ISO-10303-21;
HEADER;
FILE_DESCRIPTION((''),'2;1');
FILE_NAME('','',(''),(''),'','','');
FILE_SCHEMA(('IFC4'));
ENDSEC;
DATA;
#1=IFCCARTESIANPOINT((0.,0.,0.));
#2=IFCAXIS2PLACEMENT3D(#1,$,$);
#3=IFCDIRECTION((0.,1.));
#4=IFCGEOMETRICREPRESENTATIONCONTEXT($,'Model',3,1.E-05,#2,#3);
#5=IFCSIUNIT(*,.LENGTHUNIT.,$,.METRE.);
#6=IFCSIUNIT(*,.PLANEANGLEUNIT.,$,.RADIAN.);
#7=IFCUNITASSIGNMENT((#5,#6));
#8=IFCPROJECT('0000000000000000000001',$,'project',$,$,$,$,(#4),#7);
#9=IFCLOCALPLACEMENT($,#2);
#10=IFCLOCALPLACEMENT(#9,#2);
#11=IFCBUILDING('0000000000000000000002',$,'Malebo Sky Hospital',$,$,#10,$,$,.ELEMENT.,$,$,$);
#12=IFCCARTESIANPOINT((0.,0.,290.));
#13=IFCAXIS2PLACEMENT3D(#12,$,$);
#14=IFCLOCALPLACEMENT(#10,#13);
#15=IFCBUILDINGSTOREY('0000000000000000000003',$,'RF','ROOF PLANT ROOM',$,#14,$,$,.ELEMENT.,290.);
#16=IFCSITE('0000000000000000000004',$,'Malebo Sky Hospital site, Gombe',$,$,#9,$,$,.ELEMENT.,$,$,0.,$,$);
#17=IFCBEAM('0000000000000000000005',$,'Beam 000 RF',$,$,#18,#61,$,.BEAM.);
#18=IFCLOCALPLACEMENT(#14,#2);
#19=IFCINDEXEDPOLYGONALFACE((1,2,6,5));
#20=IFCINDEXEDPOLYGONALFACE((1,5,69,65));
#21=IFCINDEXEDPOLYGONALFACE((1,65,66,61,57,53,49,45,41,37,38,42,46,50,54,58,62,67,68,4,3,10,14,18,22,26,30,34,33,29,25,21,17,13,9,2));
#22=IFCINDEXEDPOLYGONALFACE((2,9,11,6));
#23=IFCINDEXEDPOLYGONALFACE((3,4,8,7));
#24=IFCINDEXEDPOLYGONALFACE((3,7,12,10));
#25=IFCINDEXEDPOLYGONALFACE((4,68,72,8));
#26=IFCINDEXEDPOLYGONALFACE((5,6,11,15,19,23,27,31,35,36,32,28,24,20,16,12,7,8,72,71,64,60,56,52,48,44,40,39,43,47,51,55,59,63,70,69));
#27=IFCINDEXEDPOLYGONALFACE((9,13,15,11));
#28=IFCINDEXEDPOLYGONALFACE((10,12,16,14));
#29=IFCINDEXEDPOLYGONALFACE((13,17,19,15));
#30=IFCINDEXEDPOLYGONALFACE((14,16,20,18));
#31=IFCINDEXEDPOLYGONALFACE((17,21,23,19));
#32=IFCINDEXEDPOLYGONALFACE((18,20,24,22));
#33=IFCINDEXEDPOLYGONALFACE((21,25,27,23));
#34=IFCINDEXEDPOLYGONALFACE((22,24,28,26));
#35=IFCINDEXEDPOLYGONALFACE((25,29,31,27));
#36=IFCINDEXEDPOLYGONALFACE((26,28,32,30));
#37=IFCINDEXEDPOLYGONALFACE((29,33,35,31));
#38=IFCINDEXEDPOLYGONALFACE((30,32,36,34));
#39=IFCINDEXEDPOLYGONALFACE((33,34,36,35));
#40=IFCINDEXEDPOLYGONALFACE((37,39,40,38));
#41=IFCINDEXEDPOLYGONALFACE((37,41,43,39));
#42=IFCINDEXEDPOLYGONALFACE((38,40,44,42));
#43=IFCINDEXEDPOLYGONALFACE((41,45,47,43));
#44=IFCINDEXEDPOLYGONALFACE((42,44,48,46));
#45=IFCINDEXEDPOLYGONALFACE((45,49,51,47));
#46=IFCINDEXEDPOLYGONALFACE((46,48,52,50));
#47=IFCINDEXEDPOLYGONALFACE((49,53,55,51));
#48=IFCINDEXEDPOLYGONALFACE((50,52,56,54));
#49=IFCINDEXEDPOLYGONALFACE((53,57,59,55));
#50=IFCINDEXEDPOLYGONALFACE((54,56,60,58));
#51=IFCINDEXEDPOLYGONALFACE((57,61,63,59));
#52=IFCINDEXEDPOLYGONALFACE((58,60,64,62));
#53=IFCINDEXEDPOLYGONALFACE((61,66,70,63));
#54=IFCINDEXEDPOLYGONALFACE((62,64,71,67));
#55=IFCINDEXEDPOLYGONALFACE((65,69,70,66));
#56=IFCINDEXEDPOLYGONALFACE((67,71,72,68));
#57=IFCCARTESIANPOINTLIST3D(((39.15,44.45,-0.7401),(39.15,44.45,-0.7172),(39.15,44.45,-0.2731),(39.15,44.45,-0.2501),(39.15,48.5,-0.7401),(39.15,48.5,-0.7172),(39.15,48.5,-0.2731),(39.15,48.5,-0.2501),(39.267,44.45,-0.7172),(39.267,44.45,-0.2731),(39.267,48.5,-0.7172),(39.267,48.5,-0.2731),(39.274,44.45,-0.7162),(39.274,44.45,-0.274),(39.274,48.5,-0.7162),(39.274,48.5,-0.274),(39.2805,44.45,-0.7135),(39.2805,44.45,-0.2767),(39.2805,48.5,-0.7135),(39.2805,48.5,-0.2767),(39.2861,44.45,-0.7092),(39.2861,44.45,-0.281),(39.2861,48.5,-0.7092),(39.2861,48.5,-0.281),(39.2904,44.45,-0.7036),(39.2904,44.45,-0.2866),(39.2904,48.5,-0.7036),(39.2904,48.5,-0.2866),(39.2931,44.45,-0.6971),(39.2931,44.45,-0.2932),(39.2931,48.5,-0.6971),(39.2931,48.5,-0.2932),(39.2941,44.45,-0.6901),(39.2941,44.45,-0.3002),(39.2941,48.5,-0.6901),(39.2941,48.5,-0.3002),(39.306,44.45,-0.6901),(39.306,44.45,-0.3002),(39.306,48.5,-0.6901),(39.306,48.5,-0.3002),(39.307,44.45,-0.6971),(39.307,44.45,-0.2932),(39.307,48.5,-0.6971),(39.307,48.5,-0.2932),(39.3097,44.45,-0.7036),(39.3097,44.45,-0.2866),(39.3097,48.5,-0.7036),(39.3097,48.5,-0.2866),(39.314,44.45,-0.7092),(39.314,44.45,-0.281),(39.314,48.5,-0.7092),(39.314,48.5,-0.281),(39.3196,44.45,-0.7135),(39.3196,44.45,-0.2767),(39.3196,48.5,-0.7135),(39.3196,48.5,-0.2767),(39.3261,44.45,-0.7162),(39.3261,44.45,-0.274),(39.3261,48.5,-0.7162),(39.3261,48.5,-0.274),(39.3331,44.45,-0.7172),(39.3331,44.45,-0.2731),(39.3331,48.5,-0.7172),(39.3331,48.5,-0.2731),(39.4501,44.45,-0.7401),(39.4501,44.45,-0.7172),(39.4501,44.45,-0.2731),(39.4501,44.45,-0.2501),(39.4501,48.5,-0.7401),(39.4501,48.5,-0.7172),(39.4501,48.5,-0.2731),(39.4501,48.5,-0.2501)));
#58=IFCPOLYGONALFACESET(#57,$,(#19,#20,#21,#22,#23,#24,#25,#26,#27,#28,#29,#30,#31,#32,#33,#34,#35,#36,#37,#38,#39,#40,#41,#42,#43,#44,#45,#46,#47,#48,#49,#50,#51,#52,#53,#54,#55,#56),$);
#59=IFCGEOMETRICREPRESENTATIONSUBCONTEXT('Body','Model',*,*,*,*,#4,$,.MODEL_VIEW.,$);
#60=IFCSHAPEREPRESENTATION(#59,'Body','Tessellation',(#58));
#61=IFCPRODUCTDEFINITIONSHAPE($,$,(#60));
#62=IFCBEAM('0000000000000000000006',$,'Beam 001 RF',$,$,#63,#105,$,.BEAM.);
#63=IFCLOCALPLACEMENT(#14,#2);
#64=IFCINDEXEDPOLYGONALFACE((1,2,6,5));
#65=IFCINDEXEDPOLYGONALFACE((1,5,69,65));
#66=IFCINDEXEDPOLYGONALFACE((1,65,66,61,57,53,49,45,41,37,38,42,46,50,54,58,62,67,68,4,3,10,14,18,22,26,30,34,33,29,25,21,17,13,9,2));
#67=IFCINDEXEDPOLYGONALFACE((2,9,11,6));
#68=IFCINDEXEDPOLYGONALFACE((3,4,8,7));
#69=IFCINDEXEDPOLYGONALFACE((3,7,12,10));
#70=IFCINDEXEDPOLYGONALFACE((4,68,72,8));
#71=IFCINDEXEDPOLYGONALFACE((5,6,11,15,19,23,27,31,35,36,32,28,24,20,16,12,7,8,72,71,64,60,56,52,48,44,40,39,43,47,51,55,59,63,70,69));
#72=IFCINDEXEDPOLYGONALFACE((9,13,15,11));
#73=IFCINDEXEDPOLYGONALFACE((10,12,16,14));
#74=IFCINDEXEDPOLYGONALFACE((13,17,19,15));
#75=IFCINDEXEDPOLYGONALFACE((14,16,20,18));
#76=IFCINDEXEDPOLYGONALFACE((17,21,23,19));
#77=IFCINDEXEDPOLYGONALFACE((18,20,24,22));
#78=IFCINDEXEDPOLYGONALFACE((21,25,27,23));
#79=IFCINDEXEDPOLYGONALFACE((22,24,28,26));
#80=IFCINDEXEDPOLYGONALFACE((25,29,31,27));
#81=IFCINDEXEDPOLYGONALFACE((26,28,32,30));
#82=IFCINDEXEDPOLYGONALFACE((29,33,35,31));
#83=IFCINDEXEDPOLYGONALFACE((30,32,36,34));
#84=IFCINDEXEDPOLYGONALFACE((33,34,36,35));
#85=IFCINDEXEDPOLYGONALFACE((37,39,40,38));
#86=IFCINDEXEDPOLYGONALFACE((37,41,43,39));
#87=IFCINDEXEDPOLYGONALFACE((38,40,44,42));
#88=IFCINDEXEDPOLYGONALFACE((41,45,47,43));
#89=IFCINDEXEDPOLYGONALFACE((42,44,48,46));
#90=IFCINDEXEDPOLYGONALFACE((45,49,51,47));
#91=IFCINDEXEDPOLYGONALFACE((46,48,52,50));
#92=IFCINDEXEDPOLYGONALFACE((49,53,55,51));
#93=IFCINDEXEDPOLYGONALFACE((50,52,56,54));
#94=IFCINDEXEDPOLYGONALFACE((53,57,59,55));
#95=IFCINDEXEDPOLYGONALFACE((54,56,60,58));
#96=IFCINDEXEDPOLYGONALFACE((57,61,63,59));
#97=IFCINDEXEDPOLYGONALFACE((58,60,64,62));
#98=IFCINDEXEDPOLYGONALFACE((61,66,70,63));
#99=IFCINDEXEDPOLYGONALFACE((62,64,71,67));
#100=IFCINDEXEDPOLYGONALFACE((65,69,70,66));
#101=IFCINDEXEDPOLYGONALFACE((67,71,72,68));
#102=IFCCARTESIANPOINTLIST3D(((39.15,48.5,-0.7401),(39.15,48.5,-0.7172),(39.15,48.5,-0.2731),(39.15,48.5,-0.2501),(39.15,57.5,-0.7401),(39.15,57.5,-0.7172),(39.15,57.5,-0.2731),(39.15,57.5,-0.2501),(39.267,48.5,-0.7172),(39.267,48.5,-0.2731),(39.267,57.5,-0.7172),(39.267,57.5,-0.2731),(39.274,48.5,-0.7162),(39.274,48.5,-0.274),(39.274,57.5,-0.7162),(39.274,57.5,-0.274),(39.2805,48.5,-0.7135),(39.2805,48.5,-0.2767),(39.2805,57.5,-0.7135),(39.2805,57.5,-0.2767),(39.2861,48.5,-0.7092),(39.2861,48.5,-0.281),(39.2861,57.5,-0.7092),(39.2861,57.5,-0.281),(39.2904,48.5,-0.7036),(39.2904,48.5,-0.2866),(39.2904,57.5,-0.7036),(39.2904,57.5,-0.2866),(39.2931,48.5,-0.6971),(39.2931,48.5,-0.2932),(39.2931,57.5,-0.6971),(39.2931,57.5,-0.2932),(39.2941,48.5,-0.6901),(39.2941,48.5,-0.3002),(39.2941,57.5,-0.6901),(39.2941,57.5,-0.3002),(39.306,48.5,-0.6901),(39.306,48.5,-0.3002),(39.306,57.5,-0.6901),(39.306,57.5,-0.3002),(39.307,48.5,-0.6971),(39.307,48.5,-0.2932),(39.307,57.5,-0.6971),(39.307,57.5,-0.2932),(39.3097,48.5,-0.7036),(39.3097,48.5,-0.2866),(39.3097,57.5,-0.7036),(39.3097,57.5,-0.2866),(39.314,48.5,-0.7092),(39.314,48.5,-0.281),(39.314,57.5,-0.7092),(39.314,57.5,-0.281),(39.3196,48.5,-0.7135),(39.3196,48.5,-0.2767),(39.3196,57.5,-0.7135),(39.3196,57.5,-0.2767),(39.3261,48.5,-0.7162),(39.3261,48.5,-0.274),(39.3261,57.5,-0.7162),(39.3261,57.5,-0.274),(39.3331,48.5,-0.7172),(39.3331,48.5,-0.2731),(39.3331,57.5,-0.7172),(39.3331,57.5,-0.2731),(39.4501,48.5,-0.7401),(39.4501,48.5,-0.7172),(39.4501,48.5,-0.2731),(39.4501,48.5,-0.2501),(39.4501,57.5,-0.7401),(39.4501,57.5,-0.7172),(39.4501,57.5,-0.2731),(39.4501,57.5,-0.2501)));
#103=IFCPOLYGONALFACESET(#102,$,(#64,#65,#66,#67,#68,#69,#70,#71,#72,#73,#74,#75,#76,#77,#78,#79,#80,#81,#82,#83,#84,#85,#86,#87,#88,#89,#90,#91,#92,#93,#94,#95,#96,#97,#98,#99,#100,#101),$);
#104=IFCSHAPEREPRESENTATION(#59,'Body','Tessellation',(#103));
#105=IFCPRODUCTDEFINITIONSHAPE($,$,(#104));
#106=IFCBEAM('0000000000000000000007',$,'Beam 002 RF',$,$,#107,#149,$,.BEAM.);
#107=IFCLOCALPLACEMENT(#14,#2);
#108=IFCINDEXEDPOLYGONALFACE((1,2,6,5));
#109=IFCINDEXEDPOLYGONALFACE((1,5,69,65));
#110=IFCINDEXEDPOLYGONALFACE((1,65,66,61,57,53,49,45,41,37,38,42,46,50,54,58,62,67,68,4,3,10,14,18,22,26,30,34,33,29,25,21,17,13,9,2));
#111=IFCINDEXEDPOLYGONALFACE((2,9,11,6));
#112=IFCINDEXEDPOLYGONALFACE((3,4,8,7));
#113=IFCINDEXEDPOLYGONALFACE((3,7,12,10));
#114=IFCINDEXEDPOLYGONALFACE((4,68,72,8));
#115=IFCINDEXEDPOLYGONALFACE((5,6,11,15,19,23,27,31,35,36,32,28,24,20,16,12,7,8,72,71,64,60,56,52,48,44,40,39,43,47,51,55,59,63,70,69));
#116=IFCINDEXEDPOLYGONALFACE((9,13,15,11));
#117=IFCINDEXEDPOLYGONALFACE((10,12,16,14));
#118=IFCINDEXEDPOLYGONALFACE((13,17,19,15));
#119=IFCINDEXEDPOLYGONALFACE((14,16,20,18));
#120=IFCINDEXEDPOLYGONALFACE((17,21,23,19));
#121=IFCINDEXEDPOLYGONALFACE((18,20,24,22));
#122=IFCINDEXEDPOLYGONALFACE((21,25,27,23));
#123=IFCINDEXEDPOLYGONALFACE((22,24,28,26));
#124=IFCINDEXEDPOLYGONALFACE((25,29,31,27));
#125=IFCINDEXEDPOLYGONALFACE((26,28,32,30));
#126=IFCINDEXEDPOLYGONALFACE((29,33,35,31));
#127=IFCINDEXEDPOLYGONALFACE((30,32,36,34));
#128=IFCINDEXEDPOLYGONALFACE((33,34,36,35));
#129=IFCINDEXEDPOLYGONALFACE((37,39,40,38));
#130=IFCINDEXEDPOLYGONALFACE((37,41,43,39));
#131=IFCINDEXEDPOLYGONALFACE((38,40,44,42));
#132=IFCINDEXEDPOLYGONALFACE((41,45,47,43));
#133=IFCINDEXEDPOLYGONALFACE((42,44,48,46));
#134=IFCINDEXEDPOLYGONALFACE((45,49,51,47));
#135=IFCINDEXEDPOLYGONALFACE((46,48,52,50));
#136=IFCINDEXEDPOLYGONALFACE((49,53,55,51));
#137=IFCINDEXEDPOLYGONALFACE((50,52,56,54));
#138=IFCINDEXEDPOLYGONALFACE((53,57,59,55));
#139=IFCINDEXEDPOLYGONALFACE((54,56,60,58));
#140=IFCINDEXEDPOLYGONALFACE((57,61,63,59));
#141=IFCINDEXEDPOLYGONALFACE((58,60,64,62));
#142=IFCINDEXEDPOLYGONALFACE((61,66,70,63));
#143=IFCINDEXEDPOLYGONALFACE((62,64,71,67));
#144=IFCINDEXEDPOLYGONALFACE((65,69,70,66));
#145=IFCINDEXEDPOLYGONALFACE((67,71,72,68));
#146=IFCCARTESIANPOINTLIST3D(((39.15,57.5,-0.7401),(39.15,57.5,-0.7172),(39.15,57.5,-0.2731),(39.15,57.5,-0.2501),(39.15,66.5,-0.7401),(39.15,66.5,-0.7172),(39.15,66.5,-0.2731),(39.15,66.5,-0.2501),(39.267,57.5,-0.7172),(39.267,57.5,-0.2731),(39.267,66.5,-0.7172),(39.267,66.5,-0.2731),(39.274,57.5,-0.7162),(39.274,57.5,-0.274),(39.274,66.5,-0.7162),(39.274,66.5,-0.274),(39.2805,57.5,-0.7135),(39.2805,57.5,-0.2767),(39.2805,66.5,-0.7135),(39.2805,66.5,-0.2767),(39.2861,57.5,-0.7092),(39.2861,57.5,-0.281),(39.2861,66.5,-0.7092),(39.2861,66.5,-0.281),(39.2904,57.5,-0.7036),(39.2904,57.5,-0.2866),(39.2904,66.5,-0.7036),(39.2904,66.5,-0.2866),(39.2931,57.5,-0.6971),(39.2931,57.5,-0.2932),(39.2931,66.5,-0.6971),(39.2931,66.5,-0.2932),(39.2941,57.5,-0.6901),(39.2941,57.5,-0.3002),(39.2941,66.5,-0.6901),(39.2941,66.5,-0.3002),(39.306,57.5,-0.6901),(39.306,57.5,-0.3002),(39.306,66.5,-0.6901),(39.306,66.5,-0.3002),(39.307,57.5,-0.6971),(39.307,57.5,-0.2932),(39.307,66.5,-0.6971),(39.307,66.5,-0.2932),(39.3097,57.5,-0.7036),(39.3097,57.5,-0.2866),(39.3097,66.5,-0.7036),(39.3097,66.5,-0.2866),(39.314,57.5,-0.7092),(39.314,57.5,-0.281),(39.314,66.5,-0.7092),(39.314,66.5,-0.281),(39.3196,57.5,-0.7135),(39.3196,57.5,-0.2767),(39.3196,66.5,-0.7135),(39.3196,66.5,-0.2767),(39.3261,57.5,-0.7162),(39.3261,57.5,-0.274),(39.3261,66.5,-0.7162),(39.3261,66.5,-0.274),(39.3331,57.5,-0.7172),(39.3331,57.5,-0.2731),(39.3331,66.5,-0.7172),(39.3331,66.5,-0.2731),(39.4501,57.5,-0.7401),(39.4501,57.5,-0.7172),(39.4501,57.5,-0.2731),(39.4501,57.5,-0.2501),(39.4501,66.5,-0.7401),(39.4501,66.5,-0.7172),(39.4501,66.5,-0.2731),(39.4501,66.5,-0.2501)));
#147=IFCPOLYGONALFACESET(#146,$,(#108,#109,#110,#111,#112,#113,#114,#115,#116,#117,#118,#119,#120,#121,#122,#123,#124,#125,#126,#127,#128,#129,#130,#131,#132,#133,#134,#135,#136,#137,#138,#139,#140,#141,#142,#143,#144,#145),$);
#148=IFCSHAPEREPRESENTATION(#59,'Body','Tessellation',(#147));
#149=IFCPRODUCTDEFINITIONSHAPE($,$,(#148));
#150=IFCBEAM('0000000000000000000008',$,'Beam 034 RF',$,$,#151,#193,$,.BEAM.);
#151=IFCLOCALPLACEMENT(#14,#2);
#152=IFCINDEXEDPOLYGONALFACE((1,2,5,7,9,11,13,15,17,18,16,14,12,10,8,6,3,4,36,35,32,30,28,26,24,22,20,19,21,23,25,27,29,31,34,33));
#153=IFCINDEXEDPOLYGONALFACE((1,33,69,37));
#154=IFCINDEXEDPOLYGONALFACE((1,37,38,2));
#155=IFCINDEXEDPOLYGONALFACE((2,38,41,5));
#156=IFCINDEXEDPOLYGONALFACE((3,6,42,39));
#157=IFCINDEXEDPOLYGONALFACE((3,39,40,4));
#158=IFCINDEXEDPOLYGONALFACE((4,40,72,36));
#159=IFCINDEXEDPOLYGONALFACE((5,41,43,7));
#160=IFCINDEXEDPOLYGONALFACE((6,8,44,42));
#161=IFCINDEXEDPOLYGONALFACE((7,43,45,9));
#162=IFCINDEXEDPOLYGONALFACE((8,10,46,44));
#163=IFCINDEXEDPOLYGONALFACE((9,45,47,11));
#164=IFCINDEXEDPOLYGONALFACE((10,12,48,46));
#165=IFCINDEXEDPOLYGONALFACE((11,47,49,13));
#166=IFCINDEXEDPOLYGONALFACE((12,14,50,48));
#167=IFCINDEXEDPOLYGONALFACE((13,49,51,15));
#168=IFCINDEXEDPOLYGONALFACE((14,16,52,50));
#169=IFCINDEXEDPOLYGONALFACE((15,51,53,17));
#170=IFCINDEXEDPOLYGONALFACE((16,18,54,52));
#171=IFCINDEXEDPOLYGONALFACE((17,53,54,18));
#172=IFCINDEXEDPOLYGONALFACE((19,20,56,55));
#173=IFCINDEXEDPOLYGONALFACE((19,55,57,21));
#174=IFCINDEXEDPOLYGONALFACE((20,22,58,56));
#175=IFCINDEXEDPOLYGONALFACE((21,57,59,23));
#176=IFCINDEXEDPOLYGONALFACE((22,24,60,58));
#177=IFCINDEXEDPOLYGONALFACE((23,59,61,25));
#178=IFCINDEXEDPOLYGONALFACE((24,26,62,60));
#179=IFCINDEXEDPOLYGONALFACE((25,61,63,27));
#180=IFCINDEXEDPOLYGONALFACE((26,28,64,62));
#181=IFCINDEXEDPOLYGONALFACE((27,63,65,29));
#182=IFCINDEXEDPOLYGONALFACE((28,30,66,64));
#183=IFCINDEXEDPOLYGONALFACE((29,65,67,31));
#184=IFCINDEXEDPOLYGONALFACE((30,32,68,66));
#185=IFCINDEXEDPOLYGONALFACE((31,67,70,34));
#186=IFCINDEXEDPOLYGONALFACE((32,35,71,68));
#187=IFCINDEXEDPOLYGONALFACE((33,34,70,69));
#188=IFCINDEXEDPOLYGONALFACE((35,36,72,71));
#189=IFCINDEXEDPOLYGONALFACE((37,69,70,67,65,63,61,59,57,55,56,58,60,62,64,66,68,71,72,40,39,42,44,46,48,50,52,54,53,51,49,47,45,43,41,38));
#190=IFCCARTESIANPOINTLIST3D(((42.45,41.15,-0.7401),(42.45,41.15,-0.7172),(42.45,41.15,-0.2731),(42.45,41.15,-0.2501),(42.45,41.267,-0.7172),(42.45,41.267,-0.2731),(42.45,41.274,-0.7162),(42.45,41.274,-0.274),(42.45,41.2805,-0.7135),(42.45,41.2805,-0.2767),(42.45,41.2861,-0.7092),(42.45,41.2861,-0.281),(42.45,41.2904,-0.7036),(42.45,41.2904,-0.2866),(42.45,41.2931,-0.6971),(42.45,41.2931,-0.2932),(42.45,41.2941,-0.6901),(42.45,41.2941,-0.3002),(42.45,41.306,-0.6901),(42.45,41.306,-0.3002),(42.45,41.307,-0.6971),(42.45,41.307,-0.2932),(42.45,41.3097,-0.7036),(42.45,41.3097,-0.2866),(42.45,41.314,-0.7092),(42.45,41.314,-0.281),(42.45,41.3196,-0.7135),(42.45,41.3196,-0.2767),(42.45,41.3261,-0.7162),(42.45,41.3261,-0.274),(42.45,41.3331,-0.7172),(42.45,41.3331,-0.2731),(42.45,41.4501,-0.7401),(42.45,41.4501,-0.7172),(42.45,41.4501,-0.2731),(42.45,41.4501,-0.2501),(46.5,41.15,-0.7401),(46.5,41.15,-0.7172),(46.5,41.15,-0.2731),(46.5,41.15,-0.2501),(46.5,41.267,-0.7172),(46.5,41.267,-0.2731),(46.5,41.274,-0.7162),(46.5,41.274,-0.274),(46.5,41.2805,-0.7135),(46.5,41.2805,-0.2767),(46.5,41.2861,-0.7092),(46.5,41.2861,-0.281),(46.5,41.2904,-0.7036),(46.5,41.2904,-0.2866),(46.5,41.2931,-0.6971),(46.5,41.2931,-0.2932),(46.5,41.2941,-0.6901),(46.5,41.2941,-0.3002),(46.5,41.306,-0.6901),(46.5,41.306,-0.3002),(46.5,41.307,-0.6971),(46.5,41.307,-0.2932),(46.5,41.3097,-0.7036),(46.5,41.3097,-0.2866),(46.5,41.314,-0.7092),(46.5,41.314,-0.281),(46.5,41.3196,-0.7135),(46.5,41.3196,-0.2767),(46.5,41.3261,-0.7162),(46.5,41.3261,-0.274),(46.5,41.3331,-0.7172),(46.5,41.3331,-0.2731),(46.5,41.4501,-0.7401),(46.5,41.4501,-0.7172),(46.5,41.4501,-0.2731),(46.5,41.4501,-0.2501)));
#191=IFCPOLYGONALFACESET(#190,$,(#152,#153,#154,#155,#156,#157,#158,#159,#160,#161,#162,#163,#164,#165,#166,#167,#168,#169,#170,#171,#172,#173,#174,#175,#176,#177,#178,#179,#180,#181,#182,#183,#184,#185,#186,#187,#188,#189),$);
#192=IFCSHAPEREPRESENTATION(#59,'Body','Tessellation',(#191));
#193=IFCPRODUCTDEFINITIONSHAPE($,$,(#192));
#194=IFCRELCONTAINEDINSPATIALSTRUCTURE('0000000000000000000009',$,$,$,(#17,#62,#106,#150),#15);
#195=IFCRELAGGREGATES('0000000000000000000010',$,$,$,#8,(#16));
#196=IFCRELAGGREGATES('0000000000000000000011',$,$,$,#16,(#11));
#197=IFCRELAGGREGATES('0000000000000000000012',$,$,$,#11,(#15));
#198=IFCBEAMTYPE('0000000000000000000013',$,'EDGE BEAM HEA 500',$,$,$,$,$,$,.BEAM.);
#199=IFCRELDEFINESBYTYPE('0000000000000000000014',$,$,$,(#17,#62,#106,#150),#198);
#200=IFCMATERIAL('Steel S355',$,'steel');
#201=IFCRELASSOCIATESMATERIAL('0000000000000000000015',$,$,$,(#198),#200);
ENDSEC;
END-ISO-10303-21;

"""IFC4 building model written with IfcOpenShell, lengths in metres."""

from ifc_helpers import new_model, si_unit, direction, frame, origin, origin_2d, place, context, subcontext, project, spatial, i_section, extrude, material, material_profile, profile_set, type_object, element, save


model = new_model("IFC4")

# Units and contexts
model_context = context("Model", 3, precision=1e-05, world=origin(), true_north=direction((0.0, 1.0)))
body_context = subcontext(model_context, "Body", "Model", "MODEL_VIEW")
ifc_project = project(units=[si_unit("LENGTHUNIT", "METRE"), si_unit("PLANEANGLEUNIT", "RADIAN")], contexts=[model_context])

# Site, building, storey
site_placement = place(None, origin())
site = spatial("IfcSite", under=ifc_project, at=site_placement, Name="Malebo Sky Hospital site, Gombe", CompositionType="ELEMENT", RefElevation=0.0)
building_placement = place(site_placement, origin())
building = spatial("IfcBuilding", under=site, at=building_placement, Name="Malebo Sky Hospital", CompositionType="ELEMENT")
storey_placement = place(building_placement, frame((0.0, 0.0, 290.0)))
storey = spatial("IfcBuildingStorey", under=building, at=storey_placement, Name="RF", Description="ROOF PLANT ROOM", CompositionType="ELEMENT", Elevation=290.0)

# Beams
ifc_material_1 = material(Name="Steel S355", Category="steel")
ifc_material_profile_1 = material_profile(ifc_material_1, i_section(OverallWidth=0.3, OverallDepth=0.49, WebThickness=0.012, FlangeThickness=0.0229, FilletRadius=0.0271, at=origin_2d()), Name="HEA 500")
ifc_profile_set_1 = profile_set([ifc_material_profile_1], Name="Steel S355")
beam_type_1 = type_object("IfcBeamType", Name="EDGE BEAM HEA 500", PredefinedType="BEAM", material=ifc_profile_set_1)
beam_1_placement = place(storey_placement, frame((39.3, 44.45, -0.4951), z_axis=(0.0, 1.0, 0.0), x_axis=(-1.0, 0.0, 0.0)))
element("IfcBeam", 1, at=beam_1_placement, inside=storey, type_object=beam_type_1, Name="Beam 000 RF", PredefinedType="BEAM", context=body_context, shape_type="SweptSolid", body=[
    extrude(i_section(OverallWidth=0.3, OverallDepth=0.49, WebThickness=0.012, FlangeThickness=0.0229, FilletRadius=0.0271, at=origin_2d()), origin(), (0.0, 0.0, 1.0), 4.05),
])
for number, where, z_axis, x_axis, name in (
    (2, (39.3, 48.5, -0.4951), (0.0, 1.0, 0.0), (-1.0, 0.0, 0.0), "Beam 001 RF"),
    (3, (39.3, 57.5, -0.4951), (0.0, 1.0, 0.0), (-1.0, 0.0, 0.0), "Beam 002 RF"),
):
    element("IfcBeam", number, at=place(storey_placement, frame(where, z_axis=z_axis, x_axis=x_axis)), inside=storey, type_object=beam_type_1, Name=name, PredefinedType="BEAM", context=body_context, shape_type="SweptSolid", body=[
        extrude(i_section(OverallWidth=0.3, OverallDepth=0.49, WebThickness=0.012, FlangeThickness=0.0229, FilletRadius=0.0271, at=origin_2d()), origin(), (0.0, 0.0, 1.0), 9.0),
    ])
beam_2_placement = place(storey_placement, frame((42.45, 41.3, -0.4951), z_axis=(1.0, 0.0, 0.0), x_axis=(0.0, 1.0, 0.0)))
element("IfcBeam", 4, at=beam_2_placement, inside=storey, type_object=beam_type_1, Name="Beam 034 RF", PredefinedType="BEAM", context=body_context, shape_type="SweptSolid", body=[
    extrude(i_section(OverallWidth=0.3, OverallDepth=0.49, WebThickness=0.012, FlangeThickness=0.0229, FilletRadius=0.0271, at=origin_2d()), origin(), (0.0, 0.0, 1.0), 4.05),
])

save(model, "model.ifc")
